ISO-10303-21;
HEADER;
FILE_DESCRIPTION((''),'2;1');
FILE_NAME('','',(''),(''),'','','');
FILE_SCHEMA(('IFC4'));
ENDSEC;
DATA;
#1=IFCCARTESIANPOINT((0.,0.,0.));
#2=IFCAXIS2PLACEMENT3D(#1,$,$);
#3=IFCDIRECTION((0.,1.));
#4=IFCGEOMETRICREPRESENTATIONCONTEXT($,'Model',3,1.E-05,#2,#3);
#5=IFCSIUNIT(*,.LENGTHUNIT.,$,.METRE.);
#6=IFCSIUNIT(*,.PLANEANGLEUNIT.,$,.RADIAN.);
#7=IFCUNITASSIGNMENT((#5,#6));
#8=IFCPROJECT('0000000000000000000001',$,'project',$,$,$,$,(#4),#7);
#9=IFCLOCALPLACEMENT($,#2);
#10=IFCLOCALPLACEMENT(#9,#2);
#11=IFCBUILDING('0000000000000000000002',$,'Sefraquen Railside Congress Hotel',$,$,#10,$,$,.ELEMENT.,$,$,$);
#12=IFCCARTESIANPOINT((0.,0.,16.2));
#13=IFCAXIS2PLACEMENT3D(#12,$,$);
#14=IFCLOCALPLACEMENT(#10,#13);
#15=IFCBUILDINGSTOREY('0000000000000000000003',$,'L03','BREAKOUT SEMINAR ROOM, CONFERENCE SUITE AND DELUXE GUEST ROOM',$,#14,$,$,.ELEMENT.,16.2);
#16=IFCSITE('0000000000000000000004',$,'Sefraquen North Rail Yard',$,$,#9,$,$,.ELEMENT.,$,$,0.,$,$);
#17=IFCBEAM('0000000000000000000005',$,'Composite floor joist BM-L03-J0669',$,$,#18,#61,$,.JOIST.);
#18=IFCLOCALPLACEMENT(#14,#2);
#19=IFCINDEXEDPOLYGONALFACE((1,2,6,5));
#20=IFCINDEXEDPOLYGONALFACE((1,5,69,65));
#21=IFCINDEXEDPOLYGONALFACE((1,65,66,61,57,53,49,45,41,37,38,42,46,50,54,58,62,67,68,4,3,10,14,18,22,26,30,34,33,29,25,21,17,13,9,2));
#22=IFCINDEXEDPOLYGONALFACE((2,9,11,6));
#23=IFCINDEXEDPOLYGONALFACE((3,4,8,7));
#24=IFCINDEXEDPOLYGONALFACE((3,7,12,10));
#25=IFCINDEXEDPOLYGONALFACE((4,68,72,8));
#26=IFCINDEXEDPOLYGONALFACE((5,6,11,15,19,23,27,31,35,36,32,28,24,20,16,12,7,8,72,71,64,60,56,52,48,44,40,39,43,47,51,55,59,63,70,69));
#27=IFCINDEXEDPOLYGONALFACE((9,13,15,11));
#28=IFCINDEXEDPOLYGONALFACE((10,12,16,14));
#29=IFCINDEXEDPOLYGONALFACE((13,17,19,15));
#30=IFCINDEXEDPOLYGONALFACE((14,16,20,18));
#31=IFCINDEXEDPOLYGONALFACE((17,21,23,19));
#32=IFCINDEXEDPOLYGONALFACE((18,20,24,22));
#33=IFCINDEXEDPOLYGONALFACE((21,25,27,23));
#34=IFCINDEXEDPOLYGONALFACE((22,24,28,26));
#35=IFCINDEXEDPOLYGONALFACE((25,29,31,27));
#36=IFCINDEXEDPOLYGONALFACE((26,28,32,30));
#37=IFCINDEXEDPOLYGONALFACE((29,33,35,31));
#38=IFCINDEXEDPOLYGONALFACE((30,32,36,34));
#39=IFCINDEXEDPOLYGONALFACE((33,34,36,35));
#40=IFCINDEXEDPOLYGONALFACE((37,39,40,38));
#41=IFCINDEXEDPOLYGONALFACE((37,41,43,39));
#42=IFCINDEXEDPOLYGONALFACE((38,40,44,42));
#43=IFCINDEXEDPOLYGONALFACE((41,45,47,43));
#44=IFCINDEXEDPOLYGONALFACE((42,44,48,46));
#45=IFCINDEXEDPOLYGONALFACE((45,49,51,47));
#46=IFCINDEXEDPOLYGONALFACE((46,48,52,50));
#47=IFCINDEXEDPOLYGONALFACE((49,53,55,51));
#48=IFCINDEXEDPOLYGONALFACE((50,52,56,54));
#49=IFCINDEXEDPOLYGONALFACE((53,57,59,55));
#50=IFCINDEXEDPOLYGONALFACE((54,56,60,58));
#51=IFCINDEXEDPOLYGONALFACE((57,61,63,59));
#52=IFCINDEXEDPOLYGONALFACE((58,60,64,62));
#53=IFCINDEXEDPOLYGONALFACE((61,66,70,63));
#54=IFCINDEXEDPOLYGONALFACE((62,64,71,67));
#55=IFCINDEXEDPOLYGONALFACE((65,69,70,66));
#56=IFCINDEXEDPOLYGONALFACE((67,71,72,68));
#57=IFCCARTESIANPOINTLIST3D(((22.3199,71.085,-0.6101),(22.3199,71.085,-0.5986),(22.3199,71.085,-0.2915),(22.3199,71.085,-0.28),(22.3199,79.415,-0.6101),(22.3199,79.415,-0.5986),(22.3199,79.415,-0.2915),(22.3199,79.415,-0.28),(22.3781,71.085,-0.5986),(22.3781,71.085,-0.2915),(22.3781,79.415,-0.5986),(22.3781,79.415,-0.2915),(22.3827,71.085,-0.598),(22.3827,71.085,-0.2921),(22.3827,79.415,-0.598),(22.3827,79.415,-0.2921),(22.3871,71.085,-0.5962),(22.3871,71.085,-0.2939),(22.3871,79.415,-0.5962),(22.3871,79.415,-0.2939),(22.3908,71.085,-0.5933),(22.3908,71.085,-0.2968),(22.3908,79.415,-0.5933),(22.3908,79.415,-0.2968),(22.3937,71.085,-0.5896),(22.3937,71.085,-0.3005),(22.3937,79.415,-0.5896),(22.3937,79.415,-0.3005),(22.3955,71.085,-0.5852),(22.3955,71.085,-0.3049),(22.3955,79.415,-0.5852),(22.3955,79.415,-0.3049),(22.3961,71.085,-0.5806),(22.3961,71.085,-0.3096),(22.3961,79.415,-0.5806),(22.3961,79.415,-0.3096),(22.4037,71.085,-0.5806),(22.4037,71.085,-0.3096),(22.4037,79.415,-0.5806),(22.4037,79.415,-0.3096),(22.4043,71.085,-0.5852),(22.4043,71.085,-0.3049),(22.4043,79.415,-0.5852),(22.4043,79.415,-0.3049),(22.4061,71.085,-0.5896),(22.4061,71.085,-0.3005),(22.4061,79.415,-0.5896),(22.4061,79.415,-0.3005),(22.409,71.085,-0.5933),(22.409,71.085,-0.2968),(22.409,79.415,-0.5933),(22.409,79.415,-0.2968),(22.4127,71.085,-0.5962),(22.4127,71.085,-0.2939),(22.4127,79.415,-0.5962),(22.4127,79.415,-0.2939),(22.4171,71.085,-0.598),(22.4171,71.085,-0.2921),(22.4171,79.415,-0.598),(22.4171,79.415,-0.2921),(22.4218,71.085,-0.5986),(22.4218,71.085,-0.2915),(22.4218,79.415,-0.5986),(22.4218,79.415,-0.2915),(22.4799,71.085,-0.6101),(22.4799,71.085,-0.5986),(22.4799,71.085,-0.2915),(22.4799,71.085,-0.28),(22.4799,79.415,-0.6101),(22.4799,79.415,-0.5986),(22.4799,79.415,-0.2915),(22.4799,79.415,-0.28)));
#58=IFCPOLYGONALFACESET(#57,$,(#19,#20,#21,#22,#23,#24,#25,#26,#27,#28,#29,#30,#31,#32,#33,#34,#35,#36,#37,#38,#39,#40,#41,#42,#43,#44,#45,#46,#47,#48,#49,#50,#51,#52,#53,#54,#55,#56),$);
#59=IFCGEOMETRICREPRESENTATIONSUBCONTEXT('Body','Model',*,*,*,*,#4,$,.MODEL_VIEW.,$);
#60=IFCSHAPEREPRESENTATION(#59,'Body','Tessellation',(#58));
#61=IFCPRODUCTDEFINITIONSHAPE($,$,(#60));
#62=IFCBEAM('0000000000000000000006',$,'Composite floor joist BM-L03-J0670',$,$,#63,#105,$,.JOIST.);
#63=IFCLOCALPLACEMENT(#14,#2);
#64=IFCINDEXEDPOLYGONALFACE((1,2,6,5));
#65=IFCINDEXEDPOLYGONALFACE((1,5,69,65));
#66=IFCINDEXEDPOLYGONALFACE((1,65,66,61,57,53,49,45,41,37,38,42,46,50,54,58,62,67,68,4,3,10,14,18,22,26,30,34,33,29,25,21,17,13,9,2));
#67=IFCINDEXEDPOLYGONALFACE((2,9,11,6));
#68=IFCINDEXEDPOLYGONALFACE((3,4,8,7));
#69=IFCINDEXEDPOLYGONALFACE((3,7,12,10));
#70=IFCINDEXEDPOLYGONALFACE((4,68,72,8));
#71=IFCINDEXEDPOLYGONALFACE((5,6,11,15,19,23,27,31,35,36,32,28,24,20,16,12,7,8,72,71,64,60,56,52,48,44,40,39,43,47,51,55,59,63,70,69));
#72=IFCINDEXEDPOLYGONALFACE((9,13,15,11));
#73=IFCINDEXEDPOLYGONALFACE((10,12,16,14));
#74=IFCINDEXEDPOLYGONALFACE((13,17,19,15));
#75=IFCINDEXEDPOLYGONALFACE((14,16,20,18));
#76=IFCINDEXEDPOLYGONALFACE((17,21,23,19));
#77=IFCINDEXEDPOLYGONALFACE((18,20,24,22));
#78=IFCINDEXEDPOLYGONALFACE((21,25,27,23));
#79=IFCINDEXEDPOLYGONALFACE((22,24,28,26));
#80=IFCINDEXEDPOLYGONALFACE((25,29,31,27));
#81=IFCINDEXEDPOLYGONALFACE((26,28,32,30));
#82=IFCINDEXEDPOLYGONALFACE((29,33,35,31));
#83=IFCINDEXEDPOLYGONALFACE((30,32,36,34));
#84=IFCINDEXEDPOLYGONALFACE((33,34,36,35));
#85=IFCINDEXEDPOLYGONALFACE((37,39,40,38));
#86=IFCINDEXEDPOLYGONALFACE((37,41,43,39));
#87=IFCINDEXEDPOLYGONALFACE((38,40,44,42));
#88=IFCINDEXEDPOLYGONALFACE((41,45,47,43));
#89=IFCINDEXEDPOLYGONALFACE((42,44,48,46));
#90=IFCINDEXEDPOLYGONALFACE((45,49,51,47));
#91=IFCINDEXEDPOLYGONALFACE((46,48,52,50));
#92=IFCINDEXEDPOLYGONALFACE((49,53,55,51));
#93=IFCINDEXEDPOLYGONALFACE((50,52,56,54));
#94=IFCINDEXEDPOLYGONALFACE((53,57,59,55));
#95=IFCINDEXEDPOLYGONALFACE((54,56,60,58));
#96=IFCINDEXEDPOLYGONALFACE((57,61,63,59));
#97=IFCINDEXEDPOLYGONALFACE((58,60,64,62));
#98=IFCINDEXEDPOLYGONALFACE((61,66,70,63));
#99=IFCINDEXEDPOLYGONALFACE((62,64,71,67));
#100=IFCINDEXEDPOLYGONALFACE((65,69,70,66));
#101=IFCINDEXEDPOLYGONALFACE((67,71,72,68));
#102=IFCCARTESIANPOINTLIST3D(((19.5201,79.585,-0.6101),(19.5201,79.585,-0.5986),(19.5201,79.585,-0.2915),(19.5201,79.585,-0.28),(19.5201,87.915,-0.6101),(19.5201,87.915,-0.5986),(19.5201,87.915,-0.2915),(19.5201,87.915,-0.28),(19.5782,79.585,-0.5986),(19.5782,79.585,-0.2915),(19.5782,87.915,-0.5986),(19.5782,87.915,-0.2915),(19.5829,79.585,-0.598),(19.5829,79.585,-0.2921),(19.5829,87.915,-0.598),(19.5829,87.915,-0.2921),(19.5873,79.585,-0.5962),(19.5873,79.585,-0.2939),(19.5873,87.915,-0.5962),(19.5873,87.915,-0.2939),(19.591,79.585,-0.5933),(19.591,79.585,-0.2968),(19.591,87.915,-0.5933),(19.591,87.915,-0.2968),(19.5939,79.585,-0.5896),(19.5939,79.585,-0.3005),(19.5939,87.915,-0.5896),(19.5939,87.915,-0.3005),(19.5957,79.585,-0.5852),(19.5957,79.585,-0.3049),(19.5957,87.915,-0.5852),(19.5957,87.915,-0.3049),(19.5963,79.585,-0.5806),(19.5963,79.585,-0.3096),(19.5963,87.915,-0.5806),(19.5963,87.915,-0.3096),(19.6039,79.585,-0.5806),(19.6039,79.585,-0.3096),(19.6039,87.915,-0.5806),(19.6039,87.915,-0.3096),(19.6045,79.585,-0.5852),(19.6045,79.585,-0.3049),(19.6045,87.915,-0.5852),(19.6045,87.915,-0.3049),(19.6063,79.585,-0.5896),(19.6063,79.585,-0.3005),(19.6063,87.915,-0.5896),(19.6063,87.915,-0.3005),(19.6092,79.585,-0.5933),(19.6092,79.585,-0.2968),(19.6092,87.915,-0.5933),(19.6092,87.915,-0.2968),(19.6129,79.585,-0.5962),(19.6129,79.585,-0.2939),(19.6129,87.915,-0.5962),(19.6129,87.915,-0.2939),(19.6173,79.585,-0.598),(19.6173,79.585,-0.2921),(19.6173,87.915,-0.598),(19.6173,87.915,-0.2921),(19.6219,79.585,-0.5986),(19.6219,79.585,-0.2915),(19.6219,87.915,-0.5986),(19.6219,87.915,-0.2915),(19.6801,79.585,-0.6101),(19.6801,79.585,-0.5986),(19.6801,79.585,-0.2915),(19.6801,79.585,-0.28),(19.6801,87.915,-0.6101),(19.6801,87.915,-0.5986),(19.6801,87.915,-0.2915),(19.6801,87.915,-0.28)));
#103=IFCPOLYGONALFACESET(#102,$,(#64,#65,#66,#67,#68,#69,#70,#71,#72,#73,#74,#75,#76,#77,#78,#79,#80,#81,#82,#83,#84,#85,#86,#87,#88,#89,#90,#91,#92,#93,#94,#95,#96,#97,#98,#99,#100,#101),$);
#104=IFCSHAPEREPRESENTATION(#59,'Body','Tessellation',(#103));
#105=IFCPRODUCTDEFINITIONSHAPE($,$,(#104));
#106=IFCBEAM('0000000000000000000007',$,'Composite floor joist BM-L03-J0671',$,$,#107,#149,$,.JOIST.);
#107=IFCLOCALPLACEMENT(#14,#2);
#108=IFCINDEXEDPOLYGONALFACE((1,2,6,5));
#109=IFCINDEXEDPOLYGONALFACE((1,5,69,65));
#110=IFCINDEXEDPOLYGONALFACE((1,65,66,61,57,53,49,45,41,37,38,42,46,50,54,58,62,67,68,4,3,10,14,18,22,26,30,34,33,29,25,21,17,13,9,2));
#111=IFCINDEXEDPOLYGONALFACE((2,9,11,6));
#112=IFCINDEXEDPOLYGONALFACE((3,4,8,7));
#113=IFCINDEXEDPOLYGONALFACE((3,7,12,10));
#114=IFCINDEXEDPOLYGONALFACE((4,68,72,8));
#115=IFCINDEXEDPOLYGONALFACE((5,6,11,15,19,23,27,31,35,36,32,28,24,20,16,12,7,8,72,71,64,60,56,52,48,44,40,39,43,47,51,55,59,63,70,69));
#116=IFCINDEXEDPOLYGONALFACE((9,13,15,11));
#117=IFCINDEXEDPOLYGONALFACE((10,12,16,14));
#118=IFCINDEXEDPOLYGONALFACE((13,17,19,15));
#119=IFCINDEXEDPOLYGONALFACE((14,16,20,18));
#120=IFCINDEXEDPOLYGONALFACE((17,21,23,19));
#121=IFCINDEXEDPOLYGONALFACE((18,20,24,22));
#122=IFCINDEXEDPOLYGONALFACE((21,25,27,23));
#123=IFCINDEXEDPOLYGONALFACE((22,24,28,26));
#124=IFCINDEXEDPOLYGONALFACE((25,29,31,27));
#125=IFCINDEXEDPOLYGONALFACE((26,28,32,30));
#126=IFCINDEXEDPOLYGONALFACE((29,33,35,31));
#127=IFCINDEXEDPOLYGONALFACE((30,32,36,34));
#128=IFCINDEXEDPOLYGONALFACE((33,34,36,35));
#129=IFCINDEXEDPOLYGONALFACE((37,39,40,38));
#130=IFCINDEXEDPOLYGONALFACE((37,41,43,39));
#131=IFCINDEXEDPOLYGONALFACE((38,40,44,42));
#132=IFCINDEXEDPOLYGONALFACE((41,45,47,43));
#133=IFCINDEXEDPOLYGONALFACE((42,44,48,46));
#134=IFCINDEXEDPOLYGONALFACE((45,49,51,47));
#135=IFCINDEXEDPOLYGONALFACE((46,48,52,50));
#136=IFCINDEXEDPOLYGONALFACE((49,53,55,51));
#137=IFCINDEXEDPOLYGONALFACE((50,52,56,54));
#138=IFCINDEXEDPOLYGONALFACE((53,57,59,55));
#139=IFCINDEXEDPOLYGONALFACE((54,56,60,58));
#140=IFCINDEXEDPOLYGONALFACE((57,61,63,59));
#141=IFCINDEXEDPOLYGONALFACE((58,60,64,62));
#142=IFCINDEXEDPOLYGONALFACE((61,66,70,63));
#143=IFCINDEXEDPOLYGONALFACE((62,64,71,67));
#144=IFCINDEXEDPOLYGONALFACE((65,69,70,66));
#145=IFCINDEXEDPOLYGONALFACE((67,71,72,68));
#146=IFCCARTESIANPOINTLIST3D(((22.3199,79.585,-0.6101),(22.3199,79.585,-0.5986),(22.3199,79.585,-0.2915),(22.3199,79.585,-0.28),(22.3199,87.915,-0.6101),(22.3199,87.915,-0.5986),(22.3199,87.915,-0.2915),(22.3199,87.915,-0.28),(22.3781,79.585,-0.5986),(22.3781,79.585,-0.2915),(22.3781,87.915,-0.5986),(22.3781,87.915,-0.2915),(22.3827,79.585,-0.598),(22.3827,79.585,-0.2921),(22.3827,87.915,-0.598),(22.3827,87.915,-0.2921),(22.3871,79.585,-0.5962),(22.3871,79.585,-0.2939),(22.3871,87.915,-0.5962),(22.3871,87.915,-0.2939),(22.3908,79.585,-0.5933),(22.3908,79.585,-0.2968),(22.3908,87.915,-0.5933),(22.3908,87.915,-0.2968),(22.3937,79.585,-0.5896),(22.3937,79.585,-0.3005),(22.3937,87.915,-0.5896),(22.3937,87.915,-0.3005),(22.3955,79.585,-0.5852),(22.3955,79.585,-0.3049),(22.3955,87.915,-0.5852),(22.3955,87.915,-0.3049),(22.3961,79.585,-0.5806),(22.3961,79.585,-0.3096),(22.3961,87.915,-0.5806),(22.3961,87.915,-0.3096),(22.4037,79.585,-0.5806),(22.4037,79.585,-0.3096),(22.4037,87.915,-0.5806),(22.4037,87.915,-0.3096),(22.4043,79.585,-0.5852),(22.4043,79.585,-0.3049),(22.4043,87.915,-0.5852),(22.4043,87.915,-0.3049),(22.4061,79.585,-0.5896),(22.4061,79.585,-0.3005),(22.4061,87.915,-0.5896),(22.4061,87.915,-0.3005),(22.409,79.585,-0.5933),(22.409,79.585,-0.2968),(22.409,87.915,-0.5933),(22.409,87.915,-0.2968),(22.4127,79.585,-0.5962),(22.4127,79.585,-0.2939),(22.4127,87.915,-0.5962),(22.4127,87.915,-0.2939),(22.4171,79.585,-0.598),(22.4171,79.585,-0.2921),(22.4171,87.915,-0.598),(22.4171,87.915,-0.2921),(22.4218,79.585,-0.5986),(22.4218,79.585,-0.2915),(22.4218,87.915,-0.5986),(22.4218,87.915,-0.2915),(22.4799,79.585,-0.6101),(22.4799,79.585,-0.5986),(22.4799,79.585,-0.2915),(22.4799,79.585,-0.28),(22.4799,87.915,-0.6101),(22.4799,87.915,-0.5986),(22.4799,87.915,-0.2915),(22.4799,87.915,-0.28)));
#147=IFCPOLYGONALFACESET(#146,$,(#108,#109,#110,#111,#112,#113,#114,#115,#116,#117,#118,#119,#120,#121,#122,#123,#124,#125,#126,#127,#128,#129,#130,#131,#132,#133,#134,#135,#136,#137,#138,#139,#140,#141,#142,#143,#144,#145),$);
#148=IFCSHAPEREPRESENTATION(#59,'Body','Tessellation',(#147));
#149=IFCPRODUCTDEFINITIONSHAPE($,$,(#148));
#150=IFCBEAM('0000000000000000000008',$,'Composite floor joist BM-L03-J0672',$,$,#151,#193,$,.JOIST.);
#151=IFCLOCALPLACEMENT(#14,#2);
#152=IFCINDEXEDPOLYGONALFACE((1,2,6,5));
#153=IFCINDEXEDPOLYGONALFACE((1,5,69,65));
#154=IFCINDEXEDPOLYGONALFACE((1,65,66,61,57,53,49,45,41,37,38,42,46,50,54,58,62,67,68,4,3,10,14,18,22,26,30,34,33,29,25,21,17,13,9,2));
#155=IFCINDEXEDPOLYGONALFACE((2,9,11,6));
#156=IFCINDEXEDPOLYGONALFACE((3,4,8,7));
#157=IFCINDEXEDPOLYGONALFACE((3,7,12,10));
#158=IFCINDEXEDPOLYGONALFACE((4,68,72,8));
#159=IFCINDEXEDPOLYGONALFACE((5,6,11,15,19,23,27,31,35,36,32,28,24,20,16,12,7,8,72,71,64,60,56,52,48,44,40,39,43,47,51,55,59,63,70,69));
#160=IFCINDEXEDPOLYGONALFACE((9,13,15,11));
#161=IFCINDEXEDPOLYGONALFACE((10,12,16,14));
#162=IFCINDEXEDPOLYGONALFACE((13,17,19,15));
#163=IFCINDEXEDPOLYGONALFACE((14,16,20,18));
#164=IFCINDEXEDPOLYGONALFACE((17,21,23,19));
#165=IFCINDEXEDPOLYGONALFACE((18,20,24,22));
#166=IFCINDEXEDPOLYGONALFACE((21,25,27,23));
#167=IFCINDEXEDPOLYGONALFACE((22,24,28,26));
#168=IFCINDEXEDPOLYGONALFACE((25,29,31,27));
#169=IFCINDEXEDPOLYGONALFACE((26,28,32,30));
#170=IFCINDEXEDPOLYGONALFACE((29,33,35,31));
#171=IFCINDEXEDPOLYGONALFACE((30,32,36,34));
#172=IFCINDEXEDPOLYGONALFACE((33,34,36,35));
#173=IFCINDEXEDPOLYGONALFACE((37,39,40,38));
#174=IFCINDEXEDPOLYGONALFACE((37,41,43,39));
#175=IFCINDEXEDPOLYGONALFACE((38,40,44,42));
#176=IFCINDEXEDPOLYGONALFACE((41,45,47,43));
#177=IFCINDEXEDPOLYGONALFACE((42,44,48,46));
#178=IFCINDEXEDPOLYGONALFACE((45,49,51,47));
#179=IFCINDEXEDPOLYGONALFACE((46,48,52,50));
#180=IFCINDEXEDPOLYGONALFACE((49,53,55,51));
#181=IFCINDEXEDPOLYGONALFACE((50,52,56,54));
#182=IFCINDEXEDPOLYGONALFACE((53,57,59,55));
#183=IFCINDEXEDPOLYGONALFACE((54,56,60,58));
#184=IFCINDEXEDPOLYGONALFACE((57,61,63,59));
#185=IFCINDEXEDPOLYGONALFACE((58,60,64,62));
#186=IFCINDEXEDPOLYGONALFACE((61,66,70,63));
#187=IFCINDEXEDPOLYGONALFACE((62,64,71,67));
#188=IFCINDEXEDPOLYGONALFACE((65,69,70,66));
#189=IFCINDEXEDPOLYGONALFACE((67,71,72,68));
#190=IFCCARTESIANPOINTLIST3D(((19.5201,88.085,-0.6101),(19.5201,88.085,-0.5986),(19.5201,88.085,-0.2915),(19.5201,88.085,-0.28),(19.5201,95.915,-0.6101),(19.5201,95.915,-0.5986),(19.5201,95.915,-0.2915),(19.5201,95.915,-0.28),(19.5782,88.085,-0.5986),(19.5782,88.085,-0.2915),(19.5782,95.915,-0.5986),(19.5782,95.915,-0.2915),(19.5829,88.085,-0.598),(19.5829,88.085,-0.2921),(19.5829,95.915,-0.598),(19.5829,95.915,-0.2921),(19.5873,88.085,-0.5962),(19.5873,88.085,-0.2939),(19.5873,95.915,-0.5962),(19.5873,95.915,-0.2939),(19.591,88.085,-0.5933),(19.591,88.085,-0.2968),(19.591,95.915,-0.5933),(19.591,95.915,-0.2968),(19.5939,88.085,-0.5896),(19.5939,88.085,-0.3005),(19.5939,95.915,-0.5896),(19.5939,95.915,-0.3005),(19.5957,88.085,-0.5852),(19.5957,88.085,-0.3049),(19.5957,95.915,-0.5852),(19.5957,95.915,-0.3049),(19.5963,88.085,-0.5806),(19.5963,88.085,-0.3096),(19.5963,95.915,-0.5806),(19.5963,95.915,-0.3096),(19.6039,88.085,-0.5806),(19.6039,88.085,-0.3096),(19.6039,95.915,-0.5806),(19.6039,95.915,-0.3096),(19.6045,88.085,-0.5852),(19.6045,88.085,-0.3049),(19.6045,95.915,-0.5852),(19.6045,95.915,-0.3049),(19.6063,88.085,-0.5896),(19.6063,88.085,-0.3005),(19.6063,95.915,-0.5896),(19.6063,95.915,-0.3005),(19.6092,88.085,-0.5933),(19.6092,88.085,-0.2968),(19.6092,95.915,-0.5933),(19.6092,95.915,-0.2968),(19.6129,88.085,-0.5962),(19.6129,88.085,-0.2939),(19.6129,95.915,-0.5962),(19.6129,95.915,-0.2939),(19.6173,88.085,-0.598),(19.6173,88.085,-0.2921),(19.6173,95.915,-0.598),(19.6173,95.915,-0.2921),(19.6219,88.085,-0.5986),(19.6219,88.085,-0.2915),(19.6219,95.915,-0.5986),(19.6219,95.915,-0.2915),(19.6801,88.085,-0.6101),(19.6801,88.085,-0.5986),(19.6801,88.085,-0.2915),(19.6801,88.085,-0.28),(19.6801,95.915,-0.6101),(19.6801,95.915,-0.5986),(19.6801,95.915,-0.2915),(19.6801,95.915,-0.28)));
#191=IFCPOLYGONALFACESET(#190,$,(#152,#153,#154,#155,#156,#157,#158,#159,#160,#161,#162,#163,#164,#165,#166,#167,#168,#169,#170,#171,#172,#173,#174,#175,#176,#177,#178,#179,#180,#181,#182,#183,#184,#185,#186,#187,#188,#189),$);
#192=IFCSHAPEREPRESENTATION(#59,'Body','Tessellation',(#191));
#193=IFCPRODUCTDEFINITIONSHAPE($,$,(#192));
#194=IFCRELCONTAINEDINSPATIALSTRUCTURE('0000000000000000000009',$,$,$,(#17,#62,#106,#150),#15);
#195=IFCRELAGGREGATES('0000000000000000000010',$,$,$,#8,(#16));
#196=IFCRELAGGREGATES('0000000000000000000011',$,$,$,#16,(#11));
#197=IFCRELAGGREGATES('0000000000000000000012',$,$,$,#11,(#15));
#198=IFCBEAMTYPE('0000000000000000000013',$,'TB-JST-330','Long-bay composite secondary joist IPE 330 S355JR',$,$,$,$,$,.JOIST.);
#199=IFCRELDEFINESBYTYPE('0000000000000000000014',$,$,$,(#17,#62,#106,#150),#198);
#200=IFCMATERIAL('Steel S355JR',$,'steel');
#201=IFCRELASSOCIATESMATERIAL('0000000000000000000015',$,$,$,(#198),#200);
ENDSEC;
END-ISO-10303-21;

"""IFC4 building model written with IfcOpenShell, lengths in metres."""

from ifc_helpers import new_model, si_unit, direction, frame, origin, origin_2d, place, context, subcontext, project, spatial, i_section, extrude, material, material_profile, profile_set, type_object, element, save


model = new_model("IFC4")

# Units and contexts
model_context = context("Model", 3, precision=1e-05, world=origin(), true_north=direction((0.0, 1.0)))
body_context = subcontext(model_context, "Body", "Model", "MODEL_VIEW")
ifc_project = project(units=[si_unit("LENGTHUNIT", "METRE"), si_unit("PLANEANGLEUNIT", "RADIAN")], contexts=[model_context])

# Site, building, storey
site_placement = place(None, origin())
site = spatial("IfcSite", under=ifc_project, at=site_placement, Name="Sefraquen North Rail Yard", CompositionType="ELEMENT", RefElevation=0.0)
building_placement = place(site_placement, origin())
building = spatial("IfcBuilding", under=site, at=building_placement, Name="Sefraquen Railside Congress Hotel", CompositionType="ELEMENT")
storey_placement = place(building_placement, frame((0.0, 0.0, 16.2)))
storey = spatial("IfcBuildingStorey", under=building, at=storey_placement, Name="L03", Description="BREAKOUT SEMINAR ROOM, CONFERENCE SUITE AND DELUXE GUEST ROOM", CompositionType="ELEMENT", Elevation=16.2)

# Shared definitions
ifc_material_1 = material(Name="Steel S355JR", Category="steel")

# Beams
ifc_material_profile_1 = material_profile(ifc_material_1, i_section(OverallWidth=0.1599, OverallDepth=0.3301, WebThickness=0.0076, FlangeThickness=0.0115, FilletRadius=0.0181, at=origin_2d()), Name="IPE 330")
ifc_profile_set_1 = profile_set([ifc_material_profile_1], Name="Steel S355JR")
beam_type_1 = type_object("IfcBeamType", Name="TB-JST-330", Description="Long-bay composite secondary joist IPE 330 S355JR", PredefinedType="JOIST", material=ifc_profile_set_1)
for number, where, z_axis, x_axis, name in (
    (1, (22.3999, 71.085, -0.4451), (0.0, 1.0, 0.0), (-1.0, 0.0, 0.0), "Composite floor joist BM-L03-J0669"),
    (2, (19.6001, 79.585, -0.4451), (0.0, 1.0, 0.0), (-1.0, 0.0, 0.0), "Composite floor joist BM-L03-J0670"),
    (3, (22.3999, 79.585, -0.4451), (0.0, 1.0, 0.0), (-1.0, 0.0, 0.0), "Composite floor joist BM-L03-J0671"),
):
    element("IfcBeam", number, at=place(storey_placement, frame(where, z_axis=z_axis, x_axis=x_axis)), inside=storey, type_object=beam_type_1, Name=name, PredefinedType="JOIST", context=body_context, shape_type="SweptSolid", body=[
        extrude(i_section(OverallWidth=0.1599, OverallDepth=0.3301, WebThickness=0.0076, FlangeThickness=0.0115, FilletRadius=0.0181, at=origin_2d()), origin(), (0.0, 0.0, 1.0), 8.3301),
    ])
for number, where, z_axis, x_axis, name in (
    (4, (19.6001, 88.085, -0.4451), (0.0, 1.0, 0.0), (-1.0, 0.0, 0.0), "Composite floor joist BM-L03-J0672"),
):
    element("IfcBeam", number, at=place(storey_placement, frame(where, z_axis=z_axis, x_axis=x_axis)), inside=storey, type_object=beam_type_1, Name=name, PredefinedType="JOIST", context=body_context, shape_type="SweptSolid", body=[
        extrude(i_section(OverallWidth=0.1599, OverallDepth=0.3301, WebThickness=0.0076, FlangeThickness=0.0115, FilletRadius=0.0181, at=origin_2d()), origin(), (0.0, 0.0, 1.0), 7.8301),
    ])

save(model, "model.ifc")
